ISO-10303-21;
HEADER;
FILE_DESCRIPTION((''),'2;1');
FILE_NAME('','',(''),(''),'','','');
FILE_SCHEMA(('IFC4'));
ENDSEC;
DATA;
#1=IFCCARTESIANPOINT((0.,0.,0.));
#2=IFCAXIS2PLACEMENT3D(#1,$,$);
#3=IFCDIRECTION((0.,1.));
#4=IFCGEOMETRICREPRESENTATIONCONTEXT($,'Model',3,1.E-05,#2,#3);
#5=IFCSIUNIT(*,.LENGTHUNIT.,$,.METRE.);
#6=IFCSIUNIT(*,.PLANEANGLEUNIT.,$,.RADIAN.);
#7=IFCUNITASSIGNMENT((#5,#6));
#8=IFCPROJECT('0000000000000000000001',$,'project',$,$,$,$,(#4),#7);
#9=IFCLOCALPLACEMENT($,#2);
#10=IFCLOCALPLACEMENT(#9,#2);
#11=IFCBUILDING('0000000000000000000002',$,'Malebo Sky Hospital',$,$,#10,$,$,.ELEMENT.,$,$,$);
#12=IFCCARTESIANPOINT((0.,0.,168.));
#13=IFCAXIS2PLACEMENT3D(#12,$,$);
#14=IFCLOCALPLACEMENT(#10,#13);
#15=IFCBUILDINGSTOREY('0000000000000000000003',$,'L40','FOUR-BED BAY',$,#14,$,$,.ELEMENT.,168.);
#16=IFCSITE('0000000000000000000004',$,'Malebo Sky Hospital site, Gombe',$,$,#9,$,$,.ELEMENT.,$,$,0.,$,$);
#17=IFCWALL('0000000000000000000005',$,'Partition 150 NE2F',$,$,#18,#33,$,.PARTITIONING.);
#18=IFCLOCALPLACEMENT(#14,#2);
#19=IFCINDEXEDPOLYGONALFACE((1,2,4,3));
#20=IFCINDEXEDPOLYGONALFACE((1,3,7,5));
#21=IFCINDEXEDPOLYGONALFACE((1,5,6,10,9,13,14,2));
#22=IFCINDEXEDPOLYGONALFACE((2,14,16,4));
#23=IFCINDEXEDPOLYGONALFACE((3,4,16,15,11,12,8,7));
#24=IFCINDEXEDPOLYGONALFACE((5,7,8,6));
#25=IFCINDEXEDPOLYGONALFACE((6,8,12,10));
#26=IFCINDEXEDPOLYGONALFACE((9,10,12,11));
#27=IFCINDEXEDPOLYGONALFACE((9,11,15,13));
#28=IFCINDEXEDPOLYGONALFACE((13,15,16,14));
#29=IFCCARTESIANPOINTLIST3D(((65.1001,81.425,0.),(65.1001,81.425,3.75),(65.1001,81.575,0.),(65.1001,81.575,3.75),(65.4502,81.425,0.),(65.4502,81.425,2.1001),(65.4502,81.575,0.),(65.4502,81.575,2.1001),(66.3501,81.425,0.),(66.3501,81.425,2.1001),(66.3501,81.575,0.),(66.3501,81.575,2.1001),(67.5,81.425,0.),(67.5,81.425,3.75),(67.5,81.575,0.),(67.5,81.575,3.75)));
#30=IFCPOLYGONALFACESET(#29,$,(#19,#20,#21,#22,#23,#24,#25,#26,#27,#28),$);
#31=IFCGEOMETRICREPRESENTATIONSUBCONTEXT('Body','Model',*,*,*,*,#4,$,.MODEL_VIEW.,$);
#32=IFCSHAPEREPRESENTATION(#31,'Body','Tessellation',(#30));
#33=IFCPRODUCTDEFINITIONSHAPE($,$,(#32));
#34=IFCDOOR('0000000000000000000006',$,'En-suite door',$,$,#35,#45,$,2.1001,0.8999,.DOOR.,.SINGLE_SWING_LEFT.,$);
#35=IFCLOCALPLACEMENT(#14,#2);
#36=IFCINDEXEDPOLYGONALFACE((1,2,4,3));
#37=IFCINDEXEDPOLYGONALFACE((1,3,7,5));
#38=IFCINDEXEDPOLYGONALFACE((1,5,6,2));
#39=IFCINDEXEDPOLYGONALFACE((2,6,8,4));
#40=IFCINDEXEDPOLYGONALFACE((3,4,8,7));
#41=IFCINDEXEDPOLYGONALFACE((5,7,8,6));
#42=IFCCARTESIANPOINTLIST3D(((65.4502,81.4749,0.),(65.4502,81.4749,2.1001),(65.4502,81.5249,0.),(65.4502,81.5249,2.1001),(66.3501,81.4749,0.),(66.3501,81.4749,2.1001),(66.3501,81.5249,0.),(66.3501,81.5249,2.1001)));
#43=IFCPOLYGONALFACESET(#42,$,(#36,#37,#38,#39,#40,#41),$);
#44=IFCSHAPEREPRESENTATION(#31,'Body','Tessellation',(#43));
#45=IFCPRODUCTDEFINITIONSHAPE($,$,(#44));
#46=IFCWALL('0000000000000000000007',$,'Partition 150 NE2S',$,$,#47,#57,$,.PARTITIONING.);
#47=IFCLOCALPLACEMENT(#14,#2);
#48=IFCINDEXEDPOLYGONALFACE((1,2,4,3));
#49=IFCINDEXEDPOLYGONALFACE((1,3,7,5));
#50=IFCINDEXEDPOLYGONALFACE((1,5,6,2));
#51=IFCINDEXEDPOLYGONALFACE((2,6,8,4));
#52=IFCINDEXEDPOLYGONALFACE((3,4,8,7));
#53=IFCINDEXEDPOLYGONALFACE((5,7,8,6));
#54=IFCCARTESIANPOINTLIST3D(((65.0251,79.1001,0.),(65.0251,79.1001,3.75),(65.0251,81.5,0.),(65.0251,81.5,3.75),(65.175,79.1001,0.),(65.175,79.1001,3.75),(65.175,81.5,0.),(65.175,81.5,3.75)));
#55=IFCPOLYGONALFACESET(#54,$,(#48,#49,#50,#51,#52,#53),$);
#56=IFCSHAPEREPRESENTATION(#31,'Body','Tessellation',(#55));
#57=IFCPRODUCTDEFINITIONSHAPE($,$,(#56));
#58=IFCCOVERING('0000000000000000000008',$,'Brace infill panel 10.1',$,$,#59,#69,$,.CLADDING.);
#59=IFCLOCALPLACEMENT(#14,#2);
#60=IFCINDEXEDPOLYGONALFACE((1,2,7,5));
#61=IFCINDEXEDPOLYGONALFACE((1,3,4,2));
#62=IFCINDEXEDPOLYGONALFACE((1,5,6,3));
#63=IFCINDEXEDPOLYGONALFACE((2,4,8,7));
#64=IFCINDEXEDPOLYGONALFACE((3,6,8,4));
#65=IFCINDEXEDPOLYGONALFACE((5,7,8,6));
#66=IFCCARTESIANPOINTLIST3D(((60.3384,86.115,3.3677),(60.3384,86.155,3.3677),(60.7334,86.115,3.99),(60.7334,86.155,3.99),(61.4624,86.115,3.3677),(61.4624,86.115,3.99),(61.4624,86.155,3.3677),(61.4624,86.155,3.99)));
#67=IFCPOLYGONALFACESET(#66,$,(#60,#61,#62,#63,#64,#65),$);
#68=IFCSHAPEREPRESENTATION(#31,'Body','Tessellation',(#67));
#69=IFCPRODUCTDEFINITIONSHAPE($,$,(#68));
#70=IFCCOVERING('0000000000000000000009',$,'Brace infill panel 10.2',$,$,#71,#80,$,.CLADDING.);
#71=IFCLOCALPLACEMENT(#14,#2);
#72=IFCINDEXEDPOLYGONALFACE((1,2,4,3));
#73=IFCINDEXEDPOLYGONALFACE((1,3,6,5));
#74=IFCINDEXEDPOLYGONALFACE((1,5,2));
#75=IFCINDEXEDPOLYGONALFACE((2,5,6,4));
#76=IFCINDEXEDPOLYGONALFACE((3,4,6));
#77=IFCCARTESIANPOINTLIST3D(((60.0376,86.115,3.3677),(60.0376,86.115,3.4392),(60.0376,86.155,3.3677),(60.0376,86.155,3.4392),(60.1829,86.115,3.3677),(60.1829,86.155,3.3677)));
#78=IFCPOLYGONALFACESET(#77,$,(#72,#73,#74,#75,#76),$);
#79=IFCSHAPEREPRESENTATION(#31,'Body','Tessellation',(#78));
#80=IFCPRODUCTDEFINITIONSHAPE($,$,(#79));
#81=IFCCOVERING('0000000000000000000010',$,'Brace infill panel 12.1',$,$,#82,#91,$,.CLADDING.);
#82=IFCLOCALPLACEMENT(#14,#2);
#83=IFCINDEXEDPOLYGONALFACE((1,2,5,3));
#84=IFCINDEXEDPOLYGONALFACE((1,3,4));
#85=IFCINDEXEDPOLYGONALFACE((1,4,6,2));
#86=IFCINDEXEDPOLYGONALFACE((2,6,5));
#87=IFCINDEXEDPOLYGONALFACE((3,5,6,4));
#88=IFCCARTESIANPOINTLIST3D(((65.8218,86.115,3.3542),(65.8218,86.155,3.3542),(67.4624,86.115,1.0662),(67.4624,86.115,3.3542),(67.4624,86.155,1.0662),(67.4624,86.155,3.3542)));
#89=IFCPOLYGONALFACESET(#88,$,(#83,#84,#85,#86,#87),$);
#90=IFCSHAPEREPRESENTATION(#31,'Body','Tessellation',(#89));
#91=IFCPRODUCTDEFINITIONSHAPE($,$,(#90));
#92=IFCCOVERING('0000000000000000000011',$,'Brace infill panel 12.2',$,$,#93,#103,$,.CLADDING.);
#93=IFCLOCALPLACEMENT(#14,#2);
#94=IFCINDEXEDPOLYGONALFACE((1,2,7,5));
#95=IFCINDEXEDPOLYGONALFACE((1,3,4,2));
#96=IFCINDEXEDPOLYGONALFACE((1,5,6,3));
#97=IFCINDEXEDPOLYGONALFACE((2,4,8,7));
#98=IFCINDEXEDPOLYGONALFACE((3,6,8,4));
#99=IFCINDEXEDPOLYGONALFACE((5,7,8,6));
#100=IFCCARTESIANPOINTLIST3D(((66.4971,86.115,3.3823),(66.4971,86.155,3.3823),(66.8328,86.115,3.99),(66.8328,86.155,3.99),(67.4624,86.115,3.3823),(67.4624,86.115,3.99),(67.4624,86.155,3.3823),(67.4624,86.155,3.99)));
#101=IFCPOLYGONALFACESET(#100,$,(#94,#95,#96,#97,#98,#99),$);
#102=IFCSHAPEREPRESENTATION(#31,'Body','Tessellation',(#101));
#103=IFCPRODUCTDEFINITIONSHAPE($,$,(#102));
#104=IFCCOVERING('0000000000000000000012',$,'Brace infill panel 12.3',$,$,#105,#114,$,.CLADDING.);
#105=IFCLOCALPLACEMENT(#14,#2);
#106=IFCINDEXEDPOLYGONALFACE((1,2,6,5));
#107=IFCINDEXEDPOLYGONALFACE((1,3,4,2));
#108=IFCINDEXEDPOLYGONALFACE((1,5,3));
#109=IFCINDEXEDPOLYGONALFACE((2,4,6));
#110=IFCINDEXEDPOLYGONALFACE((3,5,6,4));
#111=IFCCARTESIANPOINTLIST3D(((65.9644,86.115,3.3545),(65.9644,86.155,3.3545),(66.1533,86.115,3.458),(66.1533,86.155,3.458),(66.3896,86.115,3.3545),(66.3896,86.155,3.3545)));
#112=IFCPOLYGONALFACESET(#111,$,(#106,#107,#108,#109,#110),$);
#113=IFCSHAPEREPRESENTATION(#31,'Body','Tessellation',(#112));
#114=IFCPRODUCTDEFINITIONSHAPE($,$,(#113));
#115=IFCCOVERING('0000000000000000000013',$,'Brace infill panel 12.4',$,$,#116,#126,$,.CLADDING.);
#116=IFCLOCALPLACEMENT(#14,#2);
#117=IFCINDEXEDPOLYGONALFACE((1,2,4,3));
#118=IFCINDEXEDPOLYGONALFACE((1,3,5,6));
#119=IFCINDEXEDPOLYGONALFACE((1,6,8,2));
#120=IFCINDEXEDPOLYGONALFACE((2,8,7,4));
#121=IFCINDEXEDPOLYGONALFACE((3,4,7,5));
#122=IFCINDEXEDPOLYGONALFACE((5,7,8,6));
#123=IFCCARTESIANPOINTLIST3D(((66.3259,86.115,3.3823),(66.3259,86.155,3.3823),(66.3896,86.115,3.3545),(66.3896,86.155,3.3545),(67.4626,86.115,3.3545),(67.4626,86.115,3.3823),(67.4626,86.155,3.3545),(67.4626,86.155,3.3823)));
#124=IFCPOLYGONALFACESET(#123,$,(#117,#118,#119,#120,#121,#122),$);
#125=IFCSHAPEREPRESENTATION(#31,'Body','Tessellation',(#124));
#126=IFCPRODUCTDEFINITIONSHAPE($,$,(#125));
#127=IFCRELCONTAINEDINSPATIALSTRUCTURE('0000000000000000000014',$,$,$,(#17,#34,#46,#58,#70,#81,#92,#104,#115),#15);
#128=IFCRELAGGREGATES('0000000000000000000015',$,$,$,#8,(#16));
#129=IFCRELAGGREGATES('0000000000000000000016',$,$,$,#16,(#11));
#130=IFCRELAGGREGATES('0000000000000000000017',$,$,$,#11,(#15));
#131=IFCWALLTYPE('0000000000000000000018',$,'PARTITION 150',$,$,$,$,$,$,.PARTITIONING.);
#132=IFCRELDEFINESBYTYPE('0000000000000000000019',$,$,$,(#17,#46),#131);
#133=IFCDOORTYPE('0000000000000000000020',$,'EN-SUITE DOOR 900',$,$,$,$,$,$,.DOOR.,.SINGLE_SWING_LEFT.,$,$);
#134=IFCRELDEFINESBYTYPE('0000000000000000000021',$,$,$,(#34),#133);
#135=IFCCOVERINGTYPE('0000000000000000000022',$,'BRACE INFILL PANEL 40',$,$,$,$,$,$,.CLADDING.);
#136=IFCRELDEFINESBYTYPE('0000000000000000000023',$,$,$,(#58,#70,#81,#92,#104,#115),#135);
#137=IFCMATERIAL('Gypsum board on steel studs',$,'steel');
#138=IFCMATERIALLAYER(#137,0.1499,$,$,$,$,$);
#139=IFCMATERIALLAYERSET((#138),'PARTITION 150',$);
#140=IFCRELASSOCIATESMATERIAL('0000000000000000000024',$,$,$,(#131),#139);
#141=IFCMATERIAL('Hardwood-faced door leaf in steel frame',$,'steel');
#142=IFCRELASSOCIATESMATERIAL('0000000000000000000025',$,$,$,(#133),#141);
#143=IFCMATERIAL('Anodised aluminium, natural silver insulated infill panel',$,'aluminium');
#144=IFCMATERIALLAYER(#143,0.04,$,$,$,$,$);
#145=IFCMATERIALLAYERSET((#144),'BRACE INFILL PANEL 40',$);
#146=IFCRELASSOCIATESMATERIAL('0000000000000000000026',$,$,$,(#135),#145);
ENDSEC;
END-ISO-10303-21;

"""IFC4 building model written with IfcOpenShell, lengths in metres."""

from ifc_helpers import new_model, si_unit, direction, frame, frame_2d, origin, place, context, subcontext, project, spatial, polyline, rectangle, outline, extrude, material, layer, layer_set, type_object, element, fill, save


model = new_model("IFC4")

# Units and contexts
model_context = context("Model", 3, precision=1e-05, world=origin(), true_north=direction((0.0, 1.0)))
body_context = subcontext(model_context, "Body", "Model", "MODEL_VIEW")
ifc_project = project(units=[si_unit("LENGTHUNIT", "METRE"), si_unit("PLANEANGLEUNIT", "RADIAN")], contexts=[model_context])

# Site, building, storey
site_placement = place(None, origin())
site = spatial("IfcSite", under=ifc_project, at=site_placement, Name="Malebo Sky Hospital site, Gombe", CompositionType="ELEMENT", RefElevation=0.0)
building_placement = place(site_placement, origin())
building = spatial("IfcBuilding", under=site, at=building_placement, Name="Malebo Sky Hospital", CompositionType="ELEMENT")
storey_placement = place(building_placement, frame((0.0, 0.0, 168.0)))
storey = spatial("IfcBuildingStorey", under=building, at=storey_placement, Name="L40", Description="FOUR-BED BAY", CompositionType="ELEMENT", Elevation=168.0)

# Shared definitions
ifc_material_1 = material(Name="Gypsum board on steel studs", Category="steel")
ifc_material_2 = material(Name="Hardwood-faced door leaf in steel frame", Category="steel")

# Shared definitions
ifc_layer_1 = layer(ifc_material_1, 0.1499)
ifc_layer_set_1 = layer_set([ifc_layer_1], Name="PARTITION 150")
wall_type_1 = type_object("IfcWallType", Name="PARTITION 150", PredefinedType="PARTITIONING", material=ifc_layer_set_1)

# Wall, opening, door
wall_1_placement = place(storey_placement, frame((65.1001, 81.5, 0.0), z_axis=(0.0, 0.0, 1.0), x_axis=(1.0, 0.0, 0.0)))
wall_1 = element("IfcWall", 1, at=wall_1_placement, inside=storey, type_object=wall_type_1, Name="Partition 150 NE2F", PredefinedType="PARTITIONING", context=body_context, shape_type="SweptSolid", body=[
    extrude(rectangle(XDim=2.3999, YDim=0.1499, at=frame_2d((1.2, 0.0))), origin(), (0.0, 0.0, 1.0), 3.75),
])
opening_1_placement = place(wall_1_placement, frame((0.3501, 0.0, 0.0)))
opening_1 = element("IfcOpeningElement", 2, at=opening_1_placement, cuts=wall_1, PredefinedType="OPENING", context=body_context, shape_type="SweptSolid", body=[
    extrude(rectangle(XDim=0.8999, YDim=2.1001, at=frame_2d((0.45, 1.05))), frame((0.0, 0.085, 0.0), z_axis=(0.0, -1.0, 0.0), x_axis=(1.0, 0.0, 0.0)), (0.0, 0.0, 1.0), 0.1699),
])
door_type_1 = type_object("IfcDoorType", Name="EN-SUITE DOOR 900", OperationType="SINGLE_SWING_LEFT", PredefinedType="DOOR", material=ifc_material_2)
door_1_placement = place(opening_1_placement, origin())
door_1 = element("IfcDoor", 3, at=door_1_placement, inside=storey, type_object=door_type_1, Name="En-suite door", OperationType="SINGLE_SWING_LEFT", OverallHeight=2.1001, OverallWidth=0.8999, PredefinedType="DOOR", context=body_context, shape_type="SweptSolid", body=[
    extrude(rectangle(XDim=0.8999, YDim=2.1001, at=frame_2d((0.45, 1.05))), frame((0.0, 0.0249, 0.0), z_axis=(0.0, -1.0, 0.0), x_axis=(1.0, 0.0, 0.0)), (0.0, 0.0, 1.0), 0.05),
])
fill(opening_1, door_1)

# Wall
wall_2_placement = place(storey_placement, frame((65.1001, 79.1001, 0.0), z_axis=(0.0, 0.0, 1.0), x_axis=(0.0, 1.0, 0.0)))
element("IfcWall", 4, at=wall_2_placement, inside=storey, type_object=wall_type_1, Name="Partition 150 NE2S", PredefinedType="PARTITIONING", context=body_context, shape_type="SweptSolid", body=[
    extrude(rectangle(XDim=2.3999, YDim=0.1499, at=frame_2d((1.2, 0.0))), origin(), (0.0, 0.0, 1.0), 3.75),
])

# Coverings
ifc_material_3 = material(Name="Anodised aluminium, natural silver insulated infill panel", Category="aluminium")
ifc_layer_2 = layer(ifc_material_3, 0.04)
ifc_layer_set_2 = layer_set([ifc_layer_2], Name="BRACE INFILL PANEL 40")
covering_type = type_object("IfcCoveringType", Name="BRACE INFILL PANEL 40", PredefinedType="CLADDING", material=ifc_layer_set_2)
covering_1_placement = place(storey_placement, frame((60.9004, 86.135, 3.3677), z_axis=(0.0, 0.0, 1.0), x_axis=(1.0, 0.0, 0.0)))
element("IfcCovering", 5, at=covering_1_placement, inside=storey, type_object=covering_type, Name="Brace infill panel 10.1", PredefinedType="CLADDING", context=body_context, shape_type="SweptSolid", body=[
    extrude(outline(polyline([(-0.562, 0.0), (0.562, 0.0), (0.562, 0.6223), (-0.167, 0.6223), (-0.562, 0.0)])), frame((0.0, 0.02, 0.0), z_axis=(0.0, -1.0, 0.0), x_axis=(1.0, 0.0, 0.0)), (0.0, 0.0, 1.0), 0.04),
])
covering_2_placement = place(storey_placement, frame((60.1101, 86.135, 3.3677), z_axis=(0.0, 0.0, 1.0), x_axis=(1.0, 0.0, 0.0)))
element("IfcCovering", 6, at=covering_2_placement, inside=storey, type_object=covering_type, Name="Brace infill panel 10.2", PredefinedType="CLADDING", context=body_context, shape_type="SweptSolid", body=[
    extrude(outline(polyline([(-0.0725, 0.0), (0.0728, 0.0), (-0.0725, 0.0715), (-0.0725, 0.0)])), frame((0.0, 0.02, 0.0), z_axis=(0.0, -1.0, 0.0), x_axis=(1.0, 0.0, 0.0)), (0.0, 0.0, 1.0), 0.04),
])
covering_3_placement = place(storey_placement, frame((66.6421, 86.135, 1.0662), z_axis=(0.0, 0.0, 1.0), x_axis=(1.0, 0.0, 0.0)))
element("IfcCovering", 7, at=covering_3_placement, inside=storey, type_object=covering_type, Name="Brace infill panel 12.1", PredefinedType="CLADDING", context=body_context, shape_type="SweptSolid", body=[
    extrude(outline(polyline([(0.8203, 0.0), (0.8203, 2.2881), (-0.8203, 2.2881), (0.8203, 0.0)])), frame((0.0, 0.02, 0.0), z_axis=(0.0, -1.0, 0.0), x_axis=(1.0, 0.0, 0.0)), (0.0, 0.0, 1.0), 0.04),
])
covering_4_placement = place(storey_placement, frame((66.9797, 86.135, 3.3823), z_axis=(0.0, 0.0, 1.0), x_axis=(1.0, 0.0, 0.0)))
element("IfcCovering", 8, at=covering_4_placement, inside=storey, type_object=covering_type, Name="Brace infill panel 12.2", PredefinedType="CLADDING", context=body_context, shape_type="SweptSolid", body=[
    extrude(outline(polyline([(-0.4827, 0.0), (0.4827, 0.0), (0.4827, 0.6077), (-0.147, 0.6077), (-0.4827, 0.0)])), frame((0.0, 0.02, 0.0), z_axis=(0.0, -1.0, 0.0), x_axis=(1.0, 0.0, 0.0)), (0.0, 0.0, 1.0), 0.04),
])
covering_5_placement = place(storey_placement, frame((66.177, 86.135, 3.3545), z_axis=(0.0, 0.0, 1.0), x_axis=(1.0, 0.0, 0.0)))
element("IfcCovering", 9, at=covering_5_placement, inside=storey, type_object=covering_type, Name="Brace infill panel 12.3", PredefinedType="CLADDING", context=body_context, shape_type="SweptSolid", body=[
    extrude(outline(polyline([(-0.2126, 0.0), (0.2126, 0.0), (-0.0237, 0.1035), (-0.2126, 0.0)])), frame((0.0, 0.02, 0.0), z_axis=(0.0, -1.0, 0.0), x_axis=(1.0, 0.0, 0.0)), (0.0, 0.0, 1.0), 0.04),
])
covering_6_placement = place(storey_placement, frame((66.8943, 86.135, 3.3545), z_axis=(0.0, 0.0, 1.0), x_axis=(1.0, 0.0, 0.0)))
element("IfcCovering", 10, at=covering_6_placement, inside=storey, type_object=covering_type, Name="Brace infill panel 12.4", PredefinedType="CLADDING", context=body_context, shape_type="SweptSolid", body=[
    extrude(outline(polyline([(-0.5046, 0.0), (0.5684, 0.0), (0.5684, 0.0278), (-0.5684, 0.0278), (-0.5046, 0.0)])), frame((0.0, 0.02, 0.0), z_axis=(0.0, -1.0, 0.0), x_axis=(1.0, 0.0, 0.0)), (0.0, 0.0, 1.0), 0.04),
])

save(model, "model.ifc")
